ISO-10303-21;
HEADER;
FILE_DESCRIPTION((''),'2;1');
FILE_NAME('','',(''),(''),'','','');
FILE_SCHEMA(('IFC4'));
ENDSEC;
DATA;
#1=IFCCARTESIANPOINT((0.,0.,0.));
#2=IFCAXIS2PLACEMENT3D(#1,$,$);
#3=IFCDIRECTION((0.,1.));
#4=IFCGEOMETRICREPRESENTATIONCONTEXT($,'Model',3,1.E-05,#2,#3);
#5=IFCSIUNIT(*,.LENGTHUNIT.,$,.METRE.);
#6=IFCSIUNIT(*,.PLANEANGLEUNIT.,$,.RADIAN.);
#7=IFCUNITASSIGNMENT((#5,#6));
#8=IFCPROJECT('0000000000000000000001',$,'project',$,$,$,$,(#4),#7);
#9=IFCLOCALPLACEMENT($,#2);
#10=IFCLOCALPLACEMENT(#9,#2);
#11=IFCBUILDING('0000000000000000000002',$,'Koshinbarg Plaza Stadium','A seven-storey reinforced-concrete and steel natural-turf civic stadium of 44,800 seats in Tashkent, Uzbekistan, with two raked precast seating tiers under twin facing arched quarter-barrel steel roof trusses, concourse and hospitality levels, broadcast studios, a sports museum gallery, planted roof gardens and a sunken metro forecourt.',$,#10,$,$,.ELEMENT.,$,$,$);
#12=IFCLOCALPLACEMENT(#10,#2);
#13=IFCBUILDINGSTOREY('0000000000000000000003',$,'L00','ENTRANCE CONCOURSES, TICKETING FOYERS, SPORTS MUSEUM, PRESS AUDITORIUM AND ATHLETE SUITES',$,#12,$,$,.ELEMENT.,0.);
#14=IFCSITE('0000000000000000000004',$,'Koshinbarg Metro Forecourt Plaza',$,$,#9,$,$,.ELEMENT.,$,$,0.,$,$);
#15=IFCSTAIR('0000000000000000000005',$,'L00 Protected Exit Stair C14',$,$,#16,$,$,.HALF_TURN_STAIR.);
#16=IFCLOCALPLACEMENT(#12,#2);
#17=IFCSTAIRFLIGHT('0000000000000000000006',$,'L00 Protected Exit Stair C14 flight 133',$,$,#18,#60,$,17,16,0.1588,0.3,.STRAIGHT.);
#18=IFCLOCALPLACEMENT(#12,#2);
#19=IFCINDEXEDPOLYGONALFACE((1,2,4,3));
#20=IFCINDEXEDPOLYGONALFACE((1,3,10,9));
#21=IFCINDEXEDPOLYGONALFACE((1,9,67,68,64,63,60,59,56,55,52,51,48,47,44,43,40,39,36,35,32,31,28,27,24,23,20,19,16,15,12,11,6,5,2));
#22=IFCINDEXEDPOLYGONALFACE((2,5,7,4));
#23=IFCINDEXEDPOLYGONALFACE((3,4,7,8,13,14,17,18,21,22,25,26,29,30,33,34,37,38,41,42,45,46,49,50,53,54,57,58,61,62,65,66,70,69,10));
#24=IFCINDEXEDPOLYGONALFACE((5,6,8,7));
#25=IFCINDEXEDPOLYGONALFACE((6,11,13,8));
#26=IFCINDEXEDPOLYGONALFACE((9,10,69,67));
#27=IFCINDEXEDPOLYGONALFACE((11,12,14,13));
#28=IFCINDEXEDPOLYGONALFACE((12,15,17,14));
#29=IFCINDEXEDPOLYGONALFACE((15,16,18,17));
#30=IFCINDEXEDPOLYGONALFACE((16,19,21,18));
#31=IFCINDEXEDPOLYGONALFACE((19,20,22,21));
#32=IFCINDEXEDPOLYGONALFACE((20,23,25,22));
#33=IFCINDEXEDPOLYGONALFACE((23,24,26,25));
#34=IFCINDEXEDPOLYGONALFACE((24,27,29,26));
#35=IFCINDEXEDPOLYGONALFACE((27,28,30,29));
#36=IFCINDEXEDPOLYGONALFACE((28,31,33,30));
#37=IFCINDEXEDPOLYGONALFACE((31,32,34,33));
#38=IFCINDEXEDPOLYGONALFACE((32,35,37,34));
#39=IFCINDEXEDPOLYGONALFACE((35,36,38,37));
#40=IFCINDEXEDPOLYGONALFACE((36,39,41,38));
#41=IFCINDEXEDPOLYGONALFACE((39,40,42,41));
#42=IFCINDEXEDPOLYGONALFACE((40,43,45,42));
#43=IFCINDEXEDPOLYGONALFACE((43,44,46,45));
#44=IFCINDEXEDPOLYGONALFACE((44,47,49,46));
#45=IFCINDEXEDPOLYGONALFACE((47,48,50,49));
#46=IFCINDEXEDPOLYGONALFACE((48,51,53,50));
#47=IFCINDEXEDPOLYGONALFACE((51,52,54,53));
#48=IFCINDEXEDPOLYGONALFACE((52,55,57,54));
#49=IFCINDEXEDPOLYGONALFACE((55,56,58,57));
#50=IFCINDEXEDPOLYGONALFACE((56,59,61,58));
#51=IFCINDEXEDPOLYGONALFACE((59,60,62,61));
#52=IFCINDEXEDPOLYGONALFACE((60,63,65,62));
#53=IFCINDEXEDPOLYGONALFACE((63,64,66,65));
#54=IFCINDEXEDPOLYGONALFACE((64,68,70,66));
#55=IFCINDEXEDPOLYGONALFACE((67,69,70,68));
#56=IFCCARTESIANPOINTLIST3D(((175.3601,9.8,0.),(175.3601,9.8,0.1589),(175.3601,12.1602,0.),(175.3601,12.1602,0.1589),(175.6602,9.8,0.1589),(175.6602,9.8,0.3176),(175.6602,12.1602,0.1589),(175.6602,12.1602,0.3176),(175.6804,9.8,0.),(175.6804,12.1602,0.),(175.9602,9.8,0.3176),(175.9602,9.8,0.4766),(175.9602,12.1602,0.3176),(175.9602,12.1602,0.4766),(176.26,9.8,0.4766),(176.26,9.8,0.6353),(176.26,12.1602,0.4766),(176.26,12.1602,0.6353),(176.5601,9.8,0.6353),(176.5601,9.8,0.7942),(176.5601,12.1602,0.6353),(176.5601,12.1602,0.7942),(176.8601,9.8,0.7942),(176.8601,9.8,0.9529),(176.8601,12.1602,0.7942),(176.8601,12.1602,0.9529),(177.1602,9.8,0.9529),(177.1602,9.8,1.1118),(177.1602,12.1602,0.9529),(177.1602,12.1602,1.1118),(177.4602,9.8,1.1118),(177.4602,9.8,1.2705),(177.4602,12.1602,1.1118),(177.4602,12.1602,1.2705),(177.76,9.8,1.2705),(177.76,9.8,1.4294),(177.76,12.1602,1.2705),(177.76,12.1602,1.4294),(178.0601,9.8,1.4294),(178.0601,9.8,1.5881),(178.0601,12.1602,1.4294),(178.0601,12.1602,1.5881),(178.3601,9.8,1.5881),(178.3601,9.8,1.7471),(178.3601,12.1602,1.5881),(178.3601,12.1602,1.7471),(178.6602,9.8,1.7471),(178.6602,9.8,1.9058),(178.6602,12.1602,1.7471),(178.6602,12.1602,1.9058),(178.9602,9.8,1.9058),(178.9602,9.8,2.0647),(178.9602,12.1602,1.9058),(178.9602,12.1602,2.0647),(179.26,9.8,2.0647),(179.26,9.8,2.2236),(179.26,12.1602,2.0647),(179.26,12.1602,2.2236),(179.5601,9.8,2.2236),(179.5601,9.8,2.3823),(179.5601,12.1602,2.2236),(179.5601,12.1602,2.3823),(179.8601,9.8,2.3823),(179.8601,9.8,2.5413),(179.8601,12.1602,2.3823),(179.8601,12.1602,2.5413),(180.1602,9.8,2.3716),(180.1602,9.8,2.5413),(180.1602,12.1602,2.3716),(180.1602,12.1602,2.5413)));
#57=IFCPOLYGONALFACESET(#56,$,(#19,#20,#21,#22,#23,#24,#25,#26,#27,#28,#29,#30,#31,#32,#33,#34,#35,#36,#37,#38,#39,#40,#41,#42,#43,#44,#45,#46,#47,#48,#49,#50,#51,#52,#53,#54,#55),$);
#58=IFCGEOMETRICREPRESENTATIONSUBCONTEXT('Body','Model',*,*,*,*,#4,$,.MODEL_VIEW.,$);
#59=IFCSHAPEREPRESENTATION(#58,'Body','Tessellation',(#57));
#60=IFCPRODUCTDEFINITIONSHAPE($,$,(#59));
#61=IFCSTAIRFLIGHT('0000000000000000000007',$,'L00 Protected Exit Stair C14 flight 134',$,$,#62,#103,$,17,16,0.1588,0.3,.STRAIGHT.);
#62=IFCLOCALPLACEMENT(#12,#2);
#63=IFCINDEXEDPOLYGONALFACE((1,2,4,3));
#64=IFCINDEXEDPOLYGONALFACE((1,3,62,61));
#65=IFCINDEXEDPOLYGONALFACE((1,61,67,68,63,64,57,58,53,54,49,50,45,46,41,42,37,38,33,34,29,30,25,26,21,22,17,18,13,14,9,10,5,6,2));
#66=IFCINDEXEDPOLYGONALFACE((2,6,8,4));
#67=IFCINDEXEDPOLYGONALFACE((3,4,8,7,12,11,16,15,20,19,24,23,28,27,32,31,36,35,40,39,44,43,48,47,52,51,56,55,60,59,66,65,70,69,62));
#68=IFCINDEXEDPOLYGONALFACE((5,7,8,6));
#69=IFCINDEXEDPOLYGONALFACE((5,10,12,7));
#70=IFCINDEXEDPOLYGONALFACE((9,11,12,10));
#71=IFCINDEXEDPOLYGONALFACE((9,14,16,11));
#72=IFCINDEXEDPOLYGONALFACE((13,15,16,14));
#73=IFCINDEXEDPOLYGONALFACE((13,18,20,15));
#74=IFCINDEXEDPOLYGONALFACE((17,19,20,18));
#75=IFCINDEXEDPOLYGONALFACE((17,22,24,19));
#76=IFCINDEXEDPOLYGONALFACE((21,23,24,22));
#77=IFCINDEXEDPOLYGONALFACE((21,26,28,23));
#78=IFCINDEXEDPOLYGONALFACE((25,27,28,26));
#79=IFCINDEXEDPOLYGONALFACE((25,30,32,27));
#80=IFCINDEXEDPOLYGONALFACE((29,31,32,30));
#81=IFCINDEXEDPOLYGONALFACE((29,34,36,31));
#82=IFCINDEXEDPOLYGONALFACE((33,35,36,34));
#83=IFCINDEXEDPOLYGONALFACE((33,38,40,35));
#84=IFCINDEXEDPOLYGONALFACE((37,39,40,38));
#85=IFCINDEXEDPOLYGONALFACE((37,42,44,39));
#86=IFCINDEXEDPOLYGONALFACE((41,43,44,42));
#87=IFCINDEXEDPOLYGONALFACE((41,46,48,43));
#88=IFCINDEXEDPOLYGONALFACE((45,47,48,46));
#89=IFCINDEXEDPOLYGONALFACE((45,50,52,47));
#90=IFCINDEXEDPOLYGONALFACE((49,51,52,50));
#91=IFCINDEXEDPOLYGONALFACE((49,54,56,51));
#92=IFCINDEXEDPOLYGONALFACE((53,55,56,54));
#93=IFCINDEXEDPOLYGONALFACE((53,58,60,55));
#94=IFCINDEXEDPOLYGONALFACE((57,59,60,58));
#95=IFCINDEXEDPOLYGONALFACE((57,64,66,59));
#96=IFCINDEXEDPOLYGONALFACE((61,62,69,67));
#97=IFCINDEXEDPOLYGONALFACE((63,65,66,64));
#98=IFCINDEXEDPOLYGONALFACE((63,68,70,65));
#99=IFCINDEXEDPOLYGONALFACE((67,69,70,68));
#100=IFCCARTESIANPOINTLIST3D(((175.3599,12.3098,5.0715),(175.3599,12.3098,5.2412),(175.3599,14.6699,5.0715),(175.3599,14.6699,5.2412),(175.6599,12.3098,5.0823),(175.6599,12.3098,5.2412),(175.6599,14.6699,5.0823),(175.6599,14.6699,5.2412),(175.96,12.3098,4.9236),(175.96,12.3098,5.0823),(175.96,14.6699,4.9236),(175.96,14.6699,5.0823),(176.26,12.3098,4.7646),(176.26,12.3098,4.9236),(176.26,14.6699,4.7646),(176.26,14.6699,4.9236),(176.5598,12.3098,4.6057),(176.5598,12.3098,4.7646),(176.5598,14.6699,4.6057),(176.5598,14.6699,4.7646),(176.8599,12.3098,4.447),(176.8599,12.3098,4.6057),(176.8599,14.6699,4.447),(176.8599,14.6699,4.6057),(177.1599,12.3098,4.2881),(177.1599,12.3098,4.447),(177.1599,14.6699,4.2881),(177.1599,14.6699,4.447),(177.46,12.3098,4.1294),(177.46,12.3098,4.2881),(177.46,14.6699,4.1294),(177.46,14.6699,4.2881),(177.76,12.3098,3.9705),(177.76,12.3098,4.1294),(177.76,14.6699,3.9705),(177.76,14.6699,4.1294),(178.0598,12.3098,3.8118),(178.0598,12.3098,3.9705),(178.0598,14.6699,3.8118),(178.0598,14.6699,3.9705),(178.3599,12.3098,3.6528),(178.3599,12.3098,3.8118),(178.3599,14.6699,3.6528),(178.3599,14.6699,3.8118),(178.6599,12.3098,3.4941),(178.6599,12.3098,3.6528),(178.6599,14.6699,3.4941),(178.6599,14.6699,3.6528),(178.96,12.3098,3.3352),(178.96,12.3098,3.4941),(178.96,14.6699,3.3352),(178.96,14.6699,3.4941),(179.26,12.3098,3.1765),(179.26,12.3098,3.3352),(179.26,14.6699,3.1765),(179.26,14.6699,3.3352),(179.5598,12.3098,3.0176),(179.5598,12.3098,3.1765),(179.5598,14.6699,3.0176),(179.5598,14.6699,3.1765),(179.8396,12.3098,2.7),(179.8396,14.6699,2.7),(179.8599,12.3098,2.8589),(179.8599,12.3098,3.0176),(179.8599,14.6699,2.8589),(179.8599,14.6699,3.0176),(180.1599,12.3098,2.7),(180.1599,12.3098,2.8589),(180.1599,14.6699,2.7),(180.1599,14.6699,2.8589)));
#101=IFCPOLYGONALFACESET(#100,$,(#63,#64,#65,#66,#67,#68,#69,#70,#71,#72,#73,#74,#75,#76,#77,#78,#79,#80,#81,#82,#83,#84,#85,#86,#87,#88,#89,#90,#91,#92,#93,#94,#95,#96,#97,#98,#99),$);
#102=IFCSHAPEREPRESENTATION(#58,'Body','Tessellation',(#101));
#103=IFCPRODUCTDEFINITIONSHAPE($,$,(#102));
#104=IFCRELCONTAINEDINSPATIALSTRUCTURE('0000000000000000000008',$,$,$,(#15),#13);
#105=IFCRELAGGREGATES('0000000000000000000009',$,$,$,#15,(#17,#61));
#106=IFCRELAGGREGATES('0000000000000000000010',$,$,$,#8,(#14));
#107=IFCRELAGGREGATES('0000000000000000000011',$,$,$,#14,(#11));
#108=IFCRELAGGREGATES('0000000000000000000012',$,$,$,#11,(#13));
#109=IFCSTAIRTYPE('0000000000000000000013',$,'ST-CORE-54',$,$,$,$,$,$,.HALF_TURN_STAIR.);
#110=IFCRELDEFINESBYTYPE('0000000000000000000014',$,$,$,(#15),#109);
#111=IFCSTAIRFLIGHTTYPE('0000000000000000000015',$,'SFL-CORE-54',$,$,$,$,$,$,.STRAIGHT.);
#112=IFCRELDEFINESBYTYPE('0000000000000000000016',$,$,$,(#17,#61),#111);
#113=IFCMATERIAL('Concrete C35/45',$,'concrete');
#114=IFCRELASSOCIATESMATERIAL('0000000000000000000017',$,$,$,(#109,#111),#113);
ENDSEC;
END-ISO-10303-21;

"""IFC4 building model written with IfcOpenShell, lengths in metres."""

from ifc_helpers import new_model, si_unit, direction, frame, origin, place, context, subcontext, project, spatial, polyline, outline, extrude, material, type_object, element, aggregate, save


model = new_model("IFC4")

# Units and contexts
model_context = context("Model", 3, precision=1e-05, world=origin(), true_north=direction((0.0, 1.0)))
body_context = subcontext(model_context, "Body", "Model", "MODEL_VIEW")
ifc_project = project(units=[si_unit("LENGTHUNIT", "METRE"), si_unit("PLANEANGLEUNIT", "RADIAN")], contexts=[model_context])

# Site, building, storey
site_placement = place(None, origin())
site = spatial("IfcSite", under=ifc_project, at=site_placement, Name="Koshinbarg Metro Forecourt Plaza", CompositionType="ELEMENT", RefElevation=0.0)
building_placement = place(site_placement, origin())
building = spatial("IfcBuilding", under=site, at=building_placement, Name="Koshinbarg Plaza Stadium", Description="A seven-storey reinforced-concrete and steel natural-turf civic stadium of 44,800 seats in Tashkent, Uzbekistan, with two raked precast seating tiers under twin facing arched quarter-barrel steel roof trusses, concourse and hospitality levels, broadcast studios, a sports museum gallery, planted roof gardens and a sunken metro forecourt.", CompositionType="ELEMENT")
storey_placement = place(building_placement, origin())
storey = spatial("IfcBuildingStorey", under=building, at=storey_placement, Name="L00", Description="ENTRANCE CONCOURSES, TICKETING FOYERS, SPORTS MUSEUM, PRESS AUDITORIUM AND ATHLETE SUITES", CompositionType="ELEMENT", Elevation=0.0)

# Shared definitions
ifc_material_1 = material(Name="Concrete C35/45", Category="concrete")

# Stair, stair flights
stair_type = type_object("IfcStairType", Name="ST-CORE-54", PredefinedType="HALF_TURN_STAIR", material=ifc_material_1)
stair_placement = place(storey_placement, origin())
stair = element("IfcStair", 1, at=stair_placement, inside=storey, type_object=stair_type, Name="L00 Protected Exit Stair C14", PredefinedType="HALF_TURN_STAIR")
stair_flight_type = type_object("IfcStairFlightType", Name="SFL-CORE-54", PredefinedType="STRAIGHT", material=ifc_material_1)
stair_flight_1_placement = place(storey_placement, frame((175.3601, 10.98, 0.0), z_axis=(0.0, 0.0, 1.0), x_axis=(1.0, 0.0, 0.0)))
stair_flight_1 = element("IfcStairFlight", 2, at=stair_flight_1_placement, type_object=stair_flight_type, Name="L00 Protected Exit Stair C14 flight 133", NumberOfRisers=17, NumberOfTreads=16, PredefinedType="STRAIGHT", RiserHeight=0.1588, TreadLength=0.3, context=body_context, shape_type="SweptSolid", body=[
    extrude(outline(polyline([(0.0, 0.0), (0.0, 0.1589), (0.3, 0.1589), (0.3, 0.3176), (0.6001, 0.3176), (0.6001, 0.4766), (0.8999, 0.4766), (0.8999, 0.6353), (1.2, 0.6353), (1.2, 0.7942), (1.5, 0.7942), (1.5, 0.9529), (1.8, 0.9529), (1.8, 1.1118), (2.1001, 1.1118), (2.1001, 1.2705), (2.3999, 1.2705), (2.3999, 1.4294), (2.7, 1.4294), (2.7, 1.5881), (3.0, 1.5881), (3.0, 1.7471), (3.3, 1.7471), (3.3, 1.9058), (3.6001, 1.9058), (3.6001, 2.0647), (3.8999, 2.0647), (3.8999, 2.2236), (4.2, 2.2236), (4.2, 2.3823), (4.5, 2.3823), (4.5, 2.5413), (4.8, 2.5413), (4.8, 2.7), (4.8, 2.3716), (0.3203, 0.0), (0.0, 0.0)])), frame((0.0, 1.1802, 0.0), z_axis=(0.0, -1.0, 0.0), x_axis=(1.0, 0.0, 0.0)), (0.0, 0.0, 1.0), 2.3601),
])
stair_flight_2_placement = place(storey_placement, frame((180.1599, 13.49, 2.7), z_axis=(0.0, 0.0, 1.0), x_axis=(-1.0, 0.0, 0.0)))
stair_flight_2 = element("IfcStairFlight", 3, at=stair_flight_2_placement, type_object=stair_flight_type, Name="L00 Protected Exit Stair C14 flight 134", NumberOfRisers=17, NumberOfTreads=16, PredefinedType="STRAIGHT", RiserHeight=0.1588, TreadLength=0.3, context=body_context, shape_type="SweptSolid", body=[
    extrude(outline(polyline([(0.0, 0.0), (0.0, 0.1589), (0.3, 0.1589), (0.3, 0.3176), (0.6001, 0.3176), (0.6001, 0.4766), (0.8999, 0.4766), (0.8999, 0.6353), (1.2, 0.6353), (1.2, 0.7942), (1.5, 0.7942), (1.5, 0.9529), (1.8, 0.9529), (1.8, 1.1118), (2.1001, 1.1118), (2.1001, 1.2705), (2.3999, 1.2705), (2.3999, 1.4294), (2.7, 1.4294), (2.7, 1.5881), (3.0, 1.5881), (3.0, 1.7471), (3.3, 1.7471), (3.3, 1.9058), (3.6001, 1.9058), (3.6001, 2.0647), (3.8999, 2.0647), (3.8999, 2.2236), (4.2, 2.2236), (4.2, 2.3823), (4.5, 2.3823), (4.5, 2.5413), (4.8, 2.5413), (4.8, 2.7), (4.8, 2.3716), (0.3203, 0.0), (0.0, 0.0)])), frame((0.0, 1.1802, 0.0), z_axis=(0.0, -1.0, 0.0), x_axis=(1.0, 0.0, 0.0)), (0.0, 0.0, 1.0), 2.3601),
])
aggregate(stair, [stair_flight_1, stair_flight_2])

save(model, "model.ifc")
